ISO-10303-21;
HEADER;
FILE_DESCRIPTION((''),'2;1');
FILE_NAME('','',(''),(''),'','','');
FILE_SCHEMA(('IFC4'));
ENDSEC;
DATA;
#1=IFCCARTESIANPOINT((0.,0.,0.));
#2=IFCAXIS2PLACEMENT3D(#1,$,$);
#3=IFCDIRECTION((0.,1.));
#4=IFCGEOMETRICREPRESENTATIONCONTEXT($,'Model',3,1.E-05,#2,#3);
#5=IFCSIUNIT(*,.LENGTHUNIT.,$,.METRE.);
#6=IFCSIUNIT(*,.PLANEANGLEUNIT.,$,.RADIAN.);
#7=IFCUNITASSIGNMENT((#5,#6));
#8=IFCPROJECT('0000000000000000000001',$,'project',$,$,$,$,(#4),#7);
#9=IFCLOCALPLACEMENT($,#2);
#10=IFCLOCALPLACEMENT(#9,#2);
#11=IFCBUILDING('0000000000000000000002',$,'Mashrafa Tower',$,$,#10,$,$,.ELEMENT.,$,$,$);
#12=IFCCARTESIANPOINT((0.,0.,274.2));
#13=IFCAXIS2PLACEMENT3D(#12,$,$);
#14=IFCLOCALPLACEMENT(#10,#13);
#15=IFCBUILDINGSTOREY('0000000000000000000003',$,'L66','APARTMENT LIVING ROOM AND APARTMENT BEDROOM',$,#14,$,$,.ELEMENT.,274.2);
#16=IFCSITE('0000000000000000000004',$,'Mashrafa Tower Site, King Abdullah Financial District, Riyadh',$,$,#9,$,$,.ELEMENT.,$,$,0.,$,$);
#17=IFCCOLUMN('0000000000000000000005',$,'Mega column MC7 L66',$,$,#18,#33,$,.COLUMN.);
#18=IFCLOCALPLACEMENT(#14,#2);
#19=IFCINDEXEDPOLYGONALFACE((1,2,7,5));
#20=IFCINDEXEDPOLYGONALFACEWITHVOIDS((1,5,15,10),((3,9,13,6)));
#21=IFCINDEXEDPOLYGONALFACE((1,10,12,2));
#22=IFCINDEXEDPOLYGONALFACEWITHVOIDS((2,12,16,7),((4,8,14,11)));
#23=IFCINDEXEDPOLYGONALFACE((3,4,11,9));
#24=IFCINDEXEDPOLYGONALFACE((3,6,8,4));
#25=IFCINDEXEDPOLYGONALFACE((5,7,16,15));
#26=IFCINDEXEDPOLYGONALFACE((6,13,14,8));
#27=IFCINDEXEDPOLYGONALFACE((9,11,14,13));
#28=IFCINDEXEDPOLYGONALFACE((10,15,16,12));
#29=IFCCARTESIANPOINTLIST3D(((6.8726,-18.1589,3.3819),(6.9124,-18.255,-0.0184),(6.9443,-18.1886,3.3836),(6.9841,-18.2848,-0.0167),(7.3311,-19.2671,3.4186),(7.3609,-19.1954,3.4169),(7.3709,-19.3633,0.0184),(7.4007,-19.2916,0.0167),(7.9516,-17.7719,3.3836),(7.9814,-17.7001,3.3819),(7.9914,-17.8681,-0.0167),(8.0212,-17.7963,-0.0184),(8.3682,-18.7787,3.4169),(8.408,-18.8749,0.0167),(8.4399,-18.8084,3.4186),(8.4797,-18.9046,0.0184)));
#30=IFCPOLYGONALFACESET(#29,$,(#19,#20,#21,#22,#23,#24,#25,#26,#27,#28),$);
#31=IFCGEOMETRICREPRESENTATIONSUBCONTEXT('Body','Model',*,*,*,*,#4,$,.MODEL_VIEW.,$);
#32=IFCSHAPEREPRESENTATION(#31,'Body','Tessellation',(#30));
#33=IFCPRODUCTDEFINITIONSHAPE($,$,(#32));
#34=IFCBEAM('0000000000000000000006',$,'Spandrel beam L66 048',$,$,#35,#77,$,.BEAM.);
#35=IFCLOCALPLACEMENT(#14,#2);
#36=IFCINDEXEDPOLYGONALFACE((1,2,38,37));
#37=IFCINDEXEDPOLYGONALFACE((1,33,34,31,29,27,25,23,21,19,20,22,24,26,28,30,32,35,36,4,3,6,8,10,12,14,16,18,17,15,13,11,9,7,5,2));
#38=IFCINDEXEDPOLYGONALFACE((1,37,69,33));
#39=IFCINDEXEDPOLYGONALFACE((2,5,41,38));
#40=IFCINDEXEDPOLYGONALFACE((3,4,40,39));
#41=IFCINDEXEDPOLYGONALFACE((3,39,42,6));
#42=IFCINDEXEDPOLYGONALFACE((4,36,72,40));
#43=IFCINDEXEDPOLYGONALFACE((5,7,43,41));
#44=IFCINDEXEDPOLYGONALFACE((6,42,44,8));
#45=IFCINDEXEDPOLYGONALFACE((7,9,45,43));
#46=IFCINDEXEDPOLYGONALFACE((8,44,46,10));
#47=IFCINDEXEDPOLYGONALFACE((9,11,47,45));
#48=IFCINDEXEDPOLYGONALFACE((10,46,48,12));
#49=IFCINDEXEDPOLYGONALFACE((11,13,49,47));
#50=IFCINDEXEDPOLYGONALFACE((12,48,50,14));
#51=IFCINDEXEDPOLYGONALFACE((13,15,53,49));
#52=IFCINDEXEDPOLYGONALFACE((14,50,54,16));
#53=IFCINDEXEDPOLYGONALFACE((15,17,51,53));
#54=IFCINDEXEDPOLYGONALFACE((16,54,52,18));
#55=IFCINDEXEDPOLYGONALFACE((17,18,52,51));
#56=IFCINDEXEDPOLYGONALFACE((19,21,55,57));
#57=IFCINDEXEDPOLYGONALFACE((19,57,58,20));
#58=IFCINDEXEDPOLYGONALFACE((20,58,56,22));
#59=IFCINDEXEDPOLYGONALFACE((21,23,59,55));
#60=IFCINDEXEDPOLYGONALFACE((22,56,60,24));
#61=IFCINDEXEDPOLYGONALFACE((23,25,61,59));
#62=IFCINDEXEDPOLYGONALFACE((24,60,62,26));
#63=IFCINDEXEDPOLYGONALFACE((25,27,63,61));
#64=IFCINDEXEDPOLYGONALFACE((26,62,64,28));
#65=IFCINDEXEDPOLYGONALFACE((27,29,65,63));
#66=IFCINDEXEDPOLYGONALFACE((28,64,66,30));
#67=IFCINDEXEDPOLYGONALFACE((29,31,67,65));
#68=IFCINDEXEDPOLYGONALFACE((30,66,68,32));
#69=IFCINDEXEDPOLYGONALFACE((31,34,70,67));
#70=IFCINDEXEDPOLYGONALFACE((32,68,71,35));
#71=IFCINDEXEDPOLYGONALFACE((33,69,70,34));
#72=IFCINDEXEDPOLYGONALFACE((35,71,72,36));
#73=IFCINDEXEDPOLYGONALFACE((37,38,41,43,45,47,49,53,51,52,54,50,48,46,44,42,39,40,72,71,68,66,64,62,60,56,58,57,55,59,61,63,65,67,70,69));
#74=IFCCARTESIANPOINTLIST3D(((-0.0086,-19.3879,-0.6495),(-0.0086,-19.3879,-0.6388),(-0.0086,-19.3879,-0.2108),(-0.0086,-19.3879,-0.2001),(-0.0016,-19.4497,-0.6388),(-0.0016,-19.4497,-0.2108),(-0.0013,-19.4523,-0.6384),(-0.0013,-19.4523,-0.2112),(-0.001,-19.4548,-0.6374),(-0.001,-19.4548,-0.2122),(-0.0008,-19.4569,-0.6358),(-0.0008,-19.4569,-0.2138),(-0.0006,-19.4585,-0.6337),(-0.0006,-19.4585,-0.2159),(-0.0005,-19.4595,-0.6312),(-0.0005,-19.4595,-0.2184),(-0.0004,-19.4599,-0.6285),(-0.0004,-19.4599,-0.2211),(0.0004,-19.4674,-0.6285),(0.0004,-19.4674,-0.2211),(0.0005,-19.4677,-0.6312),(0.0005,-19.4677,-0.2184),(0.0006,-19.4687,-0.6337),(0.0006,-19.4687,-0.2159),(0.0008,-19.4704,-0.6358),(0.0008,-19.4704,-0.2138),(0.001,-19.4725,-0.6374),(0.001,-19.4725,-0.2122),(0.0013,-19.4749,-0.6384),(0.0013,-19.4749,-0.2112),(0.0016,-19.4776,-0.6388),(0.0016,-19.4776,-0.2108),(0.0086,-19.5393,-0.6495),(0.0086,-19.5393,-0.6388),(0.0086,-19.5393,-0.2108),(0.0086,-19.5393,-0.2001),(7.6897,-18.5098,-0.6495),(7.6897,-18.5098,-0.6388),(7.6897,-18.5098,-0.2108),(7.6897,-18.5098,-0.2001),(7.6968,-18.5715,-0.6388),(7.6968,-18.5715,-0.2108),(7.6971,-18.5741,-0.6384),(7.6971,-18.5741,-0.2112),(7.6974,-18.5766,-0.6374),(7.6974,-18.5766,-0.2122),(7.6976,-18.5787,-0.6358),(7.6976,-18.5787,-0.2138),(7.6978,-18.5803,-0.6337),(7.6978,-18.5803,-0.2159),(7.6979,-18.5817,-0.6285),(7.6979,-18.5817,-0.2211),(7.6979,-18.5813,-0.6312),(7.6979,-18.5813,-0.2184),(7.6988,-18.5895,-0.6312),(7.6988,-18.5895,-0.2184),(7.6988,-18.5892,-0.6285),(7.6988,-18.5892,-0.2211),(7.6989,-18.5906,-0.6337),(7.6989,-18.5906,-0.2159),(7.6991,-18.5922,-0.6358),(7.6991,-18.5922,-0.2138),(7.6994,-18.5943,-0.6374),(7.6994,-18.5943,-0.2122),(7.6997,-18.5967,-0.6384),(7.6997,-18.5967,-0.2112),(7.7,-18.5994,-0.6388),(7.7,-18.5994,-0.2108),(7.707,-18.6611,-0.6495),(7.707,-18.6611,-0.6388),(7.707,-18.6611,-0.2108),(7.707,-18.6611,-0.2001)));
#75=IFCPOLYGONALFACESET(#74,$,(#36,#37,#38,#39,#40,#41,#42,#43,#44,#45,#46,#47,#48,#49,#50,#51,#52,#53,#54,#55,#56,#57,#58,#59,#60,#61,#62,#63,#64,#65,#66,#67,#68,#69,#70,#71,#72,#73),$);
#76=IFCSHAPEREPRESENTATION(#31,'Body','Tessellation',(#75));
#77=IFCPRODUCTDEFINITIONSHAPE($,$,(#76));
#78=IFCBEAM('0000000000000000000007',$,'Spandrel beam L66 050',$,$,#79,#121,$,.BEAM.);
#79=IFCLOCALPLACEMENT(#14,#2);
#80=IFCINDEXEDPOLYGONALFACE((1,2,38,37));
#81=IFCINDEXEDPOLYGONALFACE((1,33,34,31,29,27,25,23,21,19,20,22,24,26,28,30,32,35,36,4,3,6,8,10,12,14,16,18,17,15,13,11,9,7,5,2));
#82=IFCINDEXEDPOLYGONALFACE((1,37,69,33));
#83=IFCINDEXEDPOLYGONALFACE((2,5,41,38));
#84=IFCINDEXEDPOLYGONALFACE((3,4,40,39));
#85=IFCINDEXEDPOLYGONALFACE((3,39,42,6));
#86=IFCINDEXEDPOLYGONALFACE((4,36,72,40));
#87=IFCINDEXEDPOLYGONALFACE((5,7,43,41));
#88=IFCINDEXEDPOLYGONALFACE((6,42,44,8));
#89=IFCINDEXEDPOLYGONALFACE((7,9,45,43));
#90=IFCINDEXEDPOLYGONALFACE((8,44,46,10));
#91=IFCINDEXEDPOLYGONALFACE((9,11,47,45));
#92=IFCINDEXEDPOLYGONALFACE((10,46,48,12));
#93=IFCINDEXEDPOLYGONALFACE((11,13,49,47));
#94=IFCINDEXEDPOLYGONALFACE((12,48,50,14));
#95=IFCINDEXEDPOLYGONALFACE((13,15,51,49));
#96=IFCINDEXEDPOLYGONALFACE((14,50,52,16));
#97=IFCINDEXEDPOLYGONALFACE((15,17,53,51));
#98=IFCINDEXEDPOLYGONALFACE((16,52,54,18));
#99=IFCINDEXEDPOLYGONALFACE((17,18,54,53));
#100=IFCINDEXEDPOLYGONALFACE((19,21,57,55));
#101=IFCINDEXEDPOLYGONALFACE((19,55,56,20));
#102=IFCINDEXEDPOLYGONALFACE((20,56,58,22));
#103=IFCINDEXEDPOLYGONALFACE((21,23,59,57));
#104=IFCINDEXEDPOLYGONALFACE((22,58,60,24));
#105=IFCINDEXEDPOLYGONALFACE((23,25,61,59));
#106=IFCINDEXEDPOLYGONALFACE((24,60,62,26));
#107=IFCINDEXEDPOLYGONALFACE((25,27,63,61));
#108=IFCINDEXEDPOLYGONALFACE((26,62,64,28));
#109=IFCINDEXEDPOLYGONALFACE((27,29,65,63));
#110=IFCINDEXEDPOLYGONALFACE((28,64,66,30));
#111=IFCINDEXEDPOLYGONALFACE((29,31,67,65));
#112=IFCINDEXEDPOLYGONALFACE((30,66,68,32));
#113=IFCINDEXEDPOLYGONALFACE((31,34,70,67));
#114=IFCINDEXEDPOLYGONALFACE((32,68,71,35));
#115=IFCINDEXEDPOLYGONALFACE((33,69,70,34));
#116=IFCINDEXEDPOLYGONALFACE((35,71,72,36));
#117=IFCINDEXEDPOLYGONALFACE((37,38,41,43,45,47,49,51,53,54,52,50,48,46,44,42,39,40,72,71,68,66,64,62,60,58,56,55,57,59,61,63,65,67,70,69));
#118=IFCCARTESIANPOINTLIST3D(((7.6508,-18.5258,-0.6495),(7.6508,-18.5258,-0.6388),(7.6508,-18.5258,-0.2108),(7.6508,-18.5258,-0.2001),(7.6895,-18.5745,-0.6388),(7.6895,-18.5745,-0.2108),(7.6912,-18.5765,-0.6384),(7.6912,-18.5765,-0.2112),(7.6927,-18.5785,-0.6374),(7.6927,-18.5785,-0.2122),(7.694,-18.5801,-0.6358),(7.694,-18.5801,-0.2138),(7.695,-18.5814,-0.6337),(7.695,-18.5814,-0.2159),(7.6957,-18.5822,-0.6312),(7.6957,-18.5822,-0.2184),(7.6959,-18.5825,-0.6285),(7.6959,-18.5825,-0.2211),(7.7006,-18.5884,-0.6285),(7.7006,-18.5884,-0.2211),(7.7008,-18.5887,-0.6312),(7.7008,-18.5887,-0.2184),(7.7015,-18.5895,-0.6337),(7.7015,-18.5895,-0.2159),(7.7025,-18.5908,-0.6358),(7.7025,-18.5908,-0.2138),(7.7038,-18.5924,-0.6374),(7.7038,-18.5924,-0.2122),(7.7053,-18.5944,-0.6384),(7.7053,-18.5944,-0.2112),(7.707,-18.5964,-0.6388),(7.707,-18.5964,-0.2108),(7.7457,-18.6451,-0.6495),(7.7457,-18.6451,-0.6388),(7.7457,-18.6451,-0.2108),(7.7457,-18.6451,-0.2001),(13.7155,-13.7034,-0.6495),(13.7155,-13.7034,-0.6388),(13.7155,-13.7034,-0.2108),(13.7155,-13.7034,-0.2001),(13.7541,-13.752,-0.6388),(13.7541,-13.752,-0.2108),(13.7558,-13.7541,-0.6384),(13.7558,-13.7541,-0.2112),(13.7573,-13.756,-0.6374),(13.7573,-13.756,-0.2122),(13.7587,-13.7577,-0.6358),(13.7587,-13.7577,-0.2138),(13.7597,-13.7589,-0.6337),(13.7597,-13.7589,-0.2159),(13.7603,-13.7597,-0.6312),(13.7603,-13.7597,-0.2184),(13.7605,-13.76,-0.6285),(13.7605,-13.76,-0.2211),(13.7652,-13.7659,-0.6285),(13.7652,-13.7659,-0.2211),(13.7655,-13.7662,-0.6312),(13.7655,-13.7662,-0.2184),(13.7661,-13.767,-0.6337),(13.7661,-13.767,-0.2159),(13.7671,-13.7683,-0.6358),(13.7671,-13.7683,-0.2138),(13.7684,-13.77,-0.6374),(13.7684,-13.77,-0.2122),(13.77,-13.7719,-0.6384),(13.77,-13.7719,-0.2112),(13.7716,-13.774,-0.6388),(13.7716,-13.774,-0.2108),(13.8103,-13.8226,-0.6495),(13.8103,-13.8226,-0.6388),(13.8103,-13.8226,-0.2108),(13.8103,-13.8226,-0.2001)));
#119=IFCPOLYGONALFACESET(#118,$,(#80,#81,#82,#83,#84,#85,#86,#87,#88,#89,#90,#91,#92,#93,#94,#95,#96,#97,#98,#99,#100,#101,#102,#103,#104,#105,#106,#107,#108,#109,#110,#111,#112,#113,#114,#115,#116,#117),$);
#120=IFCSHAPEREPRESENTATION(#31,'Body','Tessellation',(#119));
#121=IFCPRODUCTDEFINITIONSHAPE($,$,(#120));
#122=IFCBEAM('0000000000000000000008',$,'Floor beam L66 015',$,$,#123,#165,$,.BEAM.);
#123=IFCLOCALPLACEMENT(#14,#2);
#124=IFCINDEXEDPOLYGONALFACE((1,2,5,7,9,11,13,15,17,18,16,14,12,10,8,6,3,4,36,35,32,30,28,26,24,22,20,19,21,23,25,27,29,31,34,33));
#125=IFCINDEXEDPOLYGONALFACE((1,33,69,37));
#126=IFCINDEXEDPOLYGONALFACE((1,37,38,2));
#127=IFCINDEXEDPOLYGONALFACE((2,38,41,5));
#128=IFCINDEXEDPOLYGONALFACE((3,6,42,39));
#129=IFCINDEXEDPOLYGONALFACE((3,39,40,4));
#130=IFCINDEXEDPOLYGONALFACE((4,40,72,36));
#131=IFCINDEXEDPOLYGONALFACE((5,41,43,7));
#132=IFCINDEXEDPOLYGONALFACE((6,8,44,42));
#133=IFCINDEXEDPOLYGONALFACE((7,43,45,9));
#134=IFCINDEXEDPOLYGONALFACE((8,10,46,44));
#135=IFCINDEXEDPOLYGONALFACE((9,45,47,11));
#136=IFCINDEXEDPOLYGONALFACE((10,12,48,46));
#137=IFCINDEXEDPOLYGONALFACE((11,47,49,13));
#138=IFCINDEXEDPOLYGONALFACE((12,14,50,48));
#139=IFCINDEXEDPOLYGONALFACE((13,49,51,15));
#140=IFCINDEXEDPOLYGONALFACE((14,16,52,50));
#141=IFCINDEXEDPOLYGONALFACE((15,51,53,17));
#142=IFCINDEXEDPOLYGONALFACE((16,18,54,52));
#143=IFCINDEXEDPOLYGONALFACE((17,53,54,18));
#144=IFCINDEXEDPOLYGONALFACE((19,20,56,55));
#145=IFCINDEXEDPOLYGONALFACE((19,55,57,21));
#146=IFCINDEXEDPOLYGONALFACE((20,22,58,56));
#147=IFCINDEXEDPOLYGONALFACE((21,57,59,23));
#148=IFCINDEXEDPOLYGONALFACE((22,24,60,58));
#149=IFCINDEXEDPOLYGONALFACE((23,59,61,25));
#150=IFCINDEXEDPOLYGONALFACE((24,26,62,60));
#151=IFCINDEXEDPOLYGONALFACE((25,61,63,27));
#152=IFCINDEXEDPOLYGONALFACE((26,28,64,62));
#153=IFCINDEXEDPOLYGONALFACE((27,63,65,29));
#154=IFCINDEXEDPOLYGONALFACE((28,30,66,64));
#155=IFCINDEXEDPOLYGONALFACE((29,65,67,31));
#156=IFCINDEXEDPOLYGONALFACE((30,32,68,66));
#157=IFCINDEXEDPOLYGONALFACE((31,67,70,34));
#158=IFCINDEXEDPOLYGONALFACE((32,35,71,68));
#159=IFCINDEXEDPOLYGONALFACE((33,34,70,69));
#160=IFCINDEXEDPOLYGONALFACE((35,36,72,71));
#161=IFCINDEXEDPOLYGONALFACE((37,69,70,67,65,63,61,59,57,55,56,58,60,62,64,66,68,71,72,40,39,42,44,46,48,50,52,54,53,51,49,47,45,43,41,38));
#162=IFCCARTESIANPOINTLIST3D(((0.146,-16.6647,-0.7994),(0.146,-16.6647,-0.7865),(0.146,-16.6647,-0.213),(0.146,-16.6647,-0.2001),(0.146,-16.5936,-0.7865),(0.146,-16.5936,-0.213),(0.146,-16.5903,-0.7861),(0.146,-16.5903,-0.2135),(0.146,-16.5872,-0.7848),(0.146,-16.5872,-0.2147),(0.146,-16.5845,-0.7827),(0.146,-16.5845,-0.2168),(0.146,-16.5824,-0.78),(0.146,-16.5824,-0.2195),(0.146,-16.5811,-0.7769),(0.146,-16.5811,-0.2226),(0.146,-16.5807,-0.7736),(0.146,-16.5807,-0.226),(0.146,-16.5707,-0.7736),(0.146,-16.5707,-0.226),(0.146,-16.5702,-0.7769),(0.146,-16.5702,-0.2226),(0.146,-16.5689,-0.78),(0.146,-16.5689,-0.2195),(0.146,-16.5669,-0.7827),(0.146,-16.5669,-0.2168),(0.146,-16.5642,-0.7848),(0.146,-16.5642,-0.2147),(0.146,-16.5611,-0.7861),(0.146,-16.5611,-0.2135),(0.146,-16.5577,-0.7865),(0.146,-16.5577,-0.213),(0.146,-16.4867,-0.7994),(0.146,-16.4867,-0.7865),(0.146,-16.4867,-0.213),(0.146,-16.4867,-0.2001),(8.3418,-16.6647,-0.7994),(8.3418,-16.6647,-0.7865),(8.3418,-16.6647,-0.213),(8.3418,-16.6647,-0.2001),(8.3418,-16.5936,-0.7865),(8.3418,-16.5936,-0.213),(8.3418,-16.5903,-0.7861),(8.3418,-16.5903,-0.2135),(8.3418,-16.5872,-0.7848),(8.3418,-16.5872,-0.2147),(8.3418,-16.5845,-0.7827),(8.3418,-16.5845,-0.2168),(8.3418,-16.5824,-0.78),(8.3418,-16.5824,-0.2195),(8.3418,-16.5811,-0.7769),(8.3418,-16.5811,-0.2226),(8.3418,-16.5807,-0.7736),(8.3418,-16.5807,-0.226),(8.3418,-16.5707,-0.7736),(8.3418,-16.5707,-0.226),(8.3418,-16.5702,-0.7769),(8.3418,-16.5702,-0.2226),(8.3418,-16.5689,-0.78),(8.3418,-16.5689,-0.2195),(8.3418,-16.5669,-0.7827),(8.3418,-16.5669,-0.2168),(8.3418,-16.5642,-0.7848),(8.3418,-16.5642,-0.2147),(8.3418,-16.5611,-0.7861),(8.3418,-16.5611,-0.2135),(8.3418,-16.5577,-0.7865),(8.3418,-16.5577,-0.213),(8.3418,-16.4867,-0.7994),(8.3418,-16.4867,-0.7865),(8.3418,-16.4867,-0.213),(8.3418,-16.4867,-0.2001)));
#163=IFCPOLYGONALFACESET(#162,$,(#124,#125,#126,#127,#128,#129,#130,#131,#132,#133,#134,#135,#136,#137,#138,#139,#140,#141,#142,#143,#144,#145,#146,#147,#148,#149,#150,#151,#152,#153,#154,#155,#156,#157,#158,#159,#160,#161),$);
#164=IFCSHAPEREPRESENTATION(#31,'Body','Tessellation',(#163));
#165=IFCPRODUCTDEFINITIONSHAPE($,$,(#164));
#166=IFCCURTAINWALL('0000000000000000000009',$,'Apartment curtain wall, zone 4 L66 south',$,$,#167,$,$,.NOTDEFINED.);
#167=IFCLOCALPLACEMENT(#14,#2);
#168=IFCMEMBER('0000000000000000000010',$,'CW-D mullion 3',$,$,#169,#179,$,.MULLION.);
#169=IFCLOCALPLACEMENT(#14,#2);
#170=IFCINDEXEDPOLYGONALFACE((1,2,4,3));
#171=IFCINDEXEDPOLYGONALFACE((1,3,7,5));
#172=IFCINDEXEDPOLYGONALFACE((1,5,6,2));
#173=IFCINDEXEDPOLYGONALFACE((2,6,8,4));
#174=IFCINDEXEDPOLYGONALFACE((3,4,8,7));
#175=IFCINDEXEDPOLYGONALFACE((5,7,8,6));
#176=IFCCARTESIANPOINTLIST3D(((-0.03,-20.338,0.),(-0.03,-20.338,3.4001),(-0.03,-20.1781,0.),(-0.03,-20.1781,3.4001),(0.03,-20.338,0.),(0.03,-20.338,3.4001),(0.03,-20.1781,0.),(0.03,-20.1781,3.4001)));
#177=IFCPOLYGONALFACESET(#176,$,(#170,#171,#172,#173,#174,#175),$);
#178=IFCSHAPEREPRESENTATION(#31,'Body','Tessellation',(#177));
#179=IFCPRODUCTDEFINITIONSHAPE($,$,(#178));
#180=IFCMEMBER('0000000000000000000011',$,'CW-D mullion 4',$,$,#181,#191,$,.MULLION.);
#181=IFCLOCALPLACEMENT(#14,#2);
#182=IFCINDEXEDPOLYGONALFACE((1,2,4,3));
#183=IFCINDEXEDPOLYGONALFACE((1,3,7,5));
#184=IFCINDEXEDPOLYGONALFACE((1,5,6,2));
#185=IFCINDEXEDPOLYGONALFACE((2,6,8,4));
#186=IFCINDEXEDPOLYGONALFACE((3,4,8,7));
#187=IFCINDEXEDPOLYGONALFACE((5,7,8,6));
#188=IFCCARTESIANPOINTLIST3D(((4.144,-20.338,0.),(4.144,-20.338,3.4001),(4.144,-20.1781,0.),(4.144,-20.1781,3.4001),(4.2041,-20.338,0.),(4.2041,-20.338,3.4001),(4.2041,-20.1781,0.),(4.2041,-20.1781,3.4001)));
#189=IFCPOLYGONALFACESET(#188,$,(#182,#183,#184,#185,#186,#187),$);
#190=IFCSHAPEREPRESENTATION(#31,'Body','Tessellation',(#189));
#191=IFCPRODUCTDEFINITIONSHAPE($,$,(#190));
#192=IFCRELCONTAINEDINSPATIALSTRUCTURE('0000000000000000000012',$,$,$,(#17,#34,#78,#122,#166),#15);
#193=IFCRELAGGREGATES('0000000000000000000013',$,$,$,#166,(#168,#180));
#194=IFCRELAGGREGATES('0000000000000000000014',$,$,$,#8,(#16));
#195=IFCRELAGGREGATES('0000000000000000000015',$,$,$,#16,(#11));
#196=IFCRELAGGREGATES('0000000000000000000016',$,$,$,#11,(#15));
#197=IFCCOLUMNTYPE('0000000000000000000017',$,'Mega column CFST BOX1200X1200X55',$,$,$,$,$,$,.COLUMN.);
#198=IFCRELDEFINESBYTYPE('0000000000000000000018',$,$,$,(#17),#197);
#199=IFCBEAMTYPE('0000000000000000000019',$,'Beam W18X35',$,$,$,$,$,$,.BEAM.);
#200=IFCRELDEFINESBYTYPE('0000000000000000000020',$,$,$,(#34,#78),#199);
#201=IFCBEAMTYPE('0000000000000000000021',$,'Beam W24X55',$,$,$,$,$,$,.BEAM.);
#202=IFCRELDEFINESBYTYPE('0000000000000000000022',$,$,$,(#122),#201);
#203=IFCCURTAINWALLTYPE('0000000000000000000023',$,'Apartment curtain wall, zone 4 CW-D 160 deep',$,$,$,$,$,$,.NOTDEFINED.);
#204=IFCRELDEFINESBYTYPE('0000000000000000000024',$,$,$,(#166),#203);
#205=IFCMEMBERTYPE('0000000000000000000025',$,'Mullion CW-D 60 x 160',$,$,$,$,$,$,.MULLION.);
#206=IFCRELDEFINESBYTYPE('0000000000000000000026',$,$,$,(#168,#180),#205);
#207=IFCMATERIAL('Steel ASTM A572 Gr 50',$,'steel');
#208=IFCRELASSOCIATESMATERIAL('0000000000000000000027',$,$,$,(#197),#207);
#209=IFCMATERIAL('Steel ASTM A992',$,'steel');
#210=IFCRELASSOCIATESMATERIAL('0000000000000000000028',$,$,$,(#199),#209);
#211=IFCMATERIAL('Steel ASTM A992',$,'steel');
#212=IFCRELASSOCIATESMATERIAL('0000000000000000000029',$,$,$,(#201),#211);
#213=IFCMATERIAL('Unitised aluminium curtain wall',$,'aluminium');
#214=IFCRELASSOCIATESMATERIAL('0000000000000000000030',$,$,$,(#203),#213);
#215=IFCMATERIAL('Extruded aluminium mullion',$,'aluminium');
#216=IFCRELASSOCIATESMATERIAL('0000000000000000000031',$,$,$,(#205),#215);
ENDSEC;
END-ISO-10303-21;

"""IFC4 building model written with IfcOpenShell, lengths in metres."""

from ifc_helpers import new_model, si_unit, direction, frame, origin, origin_2d, place, context, subcontext, project, spatial, rectangle, hollow_rectangle, i_section, extrude, source, transform, mapped, material, material_profile, profile_set, type_object, type_shapes, element, aggregate, save


model = new_model("IFC4")

# Units and contexts
model_context = context("Model", 3, precision=1e-05, world=origin(), true_north=direction((0.0, 1.0)))
body_context = subcontext(model_context, "Body", "Model", "MODEL_VIEW")
ifc_project = project(units=[si_unit("LENGTHUNIT", "METRE"), si_unit("PLANEANGLEUNIT", "RADIAN")], contexts=[model_context])

# Site, building, storey
site_placement = place(None, origin())
site = spatial("IfcSite", under=ifc_project, at=site_placement, Name="Mashrafa Tower Site, King Abdullah Financial District, Riyadh", CompositionType="ELEMENT", RefElevation=0.0)
building_placement = place(site_placement, origin())
building = spatial("IfcBuilding", under=site, at=building_placement, Name="Mashrafa Tower", CompositionType="ELEMENT")
storey_placement = place(building_placement, frame((0.0, 0.0, 274.2)))
storey = spatial("IfcBuildingStorey", under=building, at=storey_placement, Name="L66", Description="APARTMENT LIVING ROOM AND APARTMENT BEDROOM", CompositionType="ELEMENT", Elevation=274.2)

# Column
ifc_material_1 = material(Name="Steel ASTM A572 Gr 50", Category="steel")
ifc_material_profile_1 = material_profile(ifc_material_1, hollow_rectangle(XDim=1.2, YDim=1.2, WallThickness=0.0549, at=origin_2d()), Name="BOX1200X1200X55")
ifc_profile_set_1 = profile_set([ifc_material_profile_1], Name="Steel ASTM A572 Gr 50")
column_type = type_object("IfcColumnType", Name="Mega column CFST BOX1200X1200X55", PredefinedType="COLUMN", material=ifc_profile_set_1)
column_placement = place(storey_placement, frame((7.696, -18.5798, 0.0), z_axis=(-0.011698, 0.028277, 0.999532), x_axis=(-0.924045, -0.382283, 0.0)))
element("IfcColumn", 1, at=column_placement, inside=storey, type_object=column_type, Name="Mega column MC7 L66", PredefinedType="COLUMN", context=body_context, shape_type="SweptSolid", body=[
    extrude(hollow_rectangle(XDim=1.2, YDim=1.2, WallThickness=0.0549, at=origin_2d()), origin(), (0.0, 0.0, 1.0), 3.4019),
])

# Beams
ifc_material_2 = material(Name="Steel ASTM A992", Category="steel")
ifc_material_profile_2 = material_profile(ifc_material_2, i_section(OverallWidth=0.1523, OverallDepth=0.4495, WebThickness=0.0076, FlangeThickness=0.0107, FilletRadius=0.0103, at=origin_2d()), Name="W18X35")
ifc_profile_set_2 = profile_set([ifc_material_profile_2], Name="Steel ASTM A992")
beam_type_1 = type_object("IfcBeamType", Name="Beam W18X35", PredefinedType="BEAM", material=ifc_profile_set_2)
for number, where, z_axis, x_axis, name in (
    (2, (0.0, -19.4636, -0.4248), (0.993556, 0.11334, 0.0), (-0.11334, 0.993556, 0.0), "Spandrel beam L66 048"),
    (3, (7.6982, -18.5854, -0.4248), (0.782707, 0.622391, 0.0), (-0.622391, 0.782707, 0.0), "Spandrel beam L66 050"),
):
    element("IfcBeam", number, at=place(storey_placement, frame(where, z_axis=z_axis, x_axis=x_axis)), inside=storey, type_object=beam_type_1, Name=name, PredefinedType="BEAM", context=body_context, shape_type="SweptSolid", body=[
        extrude(i_section(OverallWidth=0.1523, OverallDepth=0.4495, WebThickness=0.0076, FlangeThickness=0.0107, FilletRadius=0.0103, at=origin_2d()), origin(), (0.0, 0.0, 1.0), 7.7483),
    ])
ifc_material_3 = material(Name="Steel ASTM A992", Category="steel")
ifc_material_profile_3 = material_profile(ifc_material_3, i_section(OverallWidth=0.178, OverallDepth=0.5994, WebThickness=0.01, FlangeThickness=0.0129, FilletRadius=0.0129, at=origin_2d()), Name="W24X55")
ifc_profile_set_3 = profile_set([ifc_material_profile_3], Name="Steel ASTM A992")
beam_type_2 = type_object("IfcBeamType", Name="Beam W24X55", PredefinedType="BEAM", material=ifc_profile_set_3)
beam_placement = place(storey_placement, frame((8.3418, -16.5757, -0.4998), z_axis=(-1.0, 0.0, 0.0), x_axis=(0.0, -1.0, 0.0)))
element("IfcBeam", 4, at=beam_placement, inside=storey, type_object=beam_type_2, Name="Floor beam L66 015", PredefinedType="BEAM", context=body_context, shape_type="SweptSolid", body=[
    extrude(i_section(OverallWidth=0.178, OverallDepth=0.5994, WebThickness=0.01, FlangeThickness=0.0129, FilletRadius=0.0129, at=origin_2d()), origin(), (0.0, 0.0, 1.0), 8.1958),
])

# Curtain wall, members
ifc_material_4 = material(Name="Unitised aluminium curtain wall", Category="aluminium")
curtain_wall_type = type_object("IfcCurtainWallType", Name="Apartment curtain wall, zone 4 CW-D 160 deep", PredefinedType="NOTDEFINED", material=ifc_material_4)
curtain_wall_1_placement = place(storey_placement, origin())
curtain_wall_1 = element("IfcCurtainWall", 5, at=curtain_wall_1_placement, inside=storey, type_object=curtain_wall_type, Name="Apartment curtain wall, zone 4 L66 south", PredefinedType="NOTDEFINED")
ifc_material_5 = material(Name="Extruded aluminium mullion", Category="aluminium")
ifc_material_profile_4 = material_profile(ifc_material_5, rectangle(XDim=0.1599, YDim=0.0601, at=origin_2d()), Name="Mullion 60x160")
ifc_profile_set_4 = profile_set([ifc_material_profile_4], Name="Extruded aluminium mullion")
member_type_1 = type_object("IfcMemberType", Name="Mullion CW-D 60 x 160", PredefinedType="MULLION", material=ifc_profile_set_4)
shared_shape_1 = source(origin(), body_context, "Body", "SweptSolid", [
    extrude(rectangle(XDim=0.1599, YDim=0.0601, at=origin_2d()), origin(), (0.0, 0.0, 1.0), 3.4001),
])
type_shapes(member_type_1, [shared_shape_1])
member_1_placement = place(storey_placement, frame((0.0, -20.2581, 0.0), z_axis=(0.0, 0.0, 1.0), x_axis=(0.0, 1.0, 0.0)))
member_1 = element("IfcMember", 6, at=member_1_placement, type_object=member_type_1, Name="CW-D mullion 3", PredefinedType="MULLION", context=body_context, shape_type="MappedRepresentation", body=[
    mapped(shared_shape_1, transform((0.0, 0.0, 0.0))),
])
member_2_placement = place(storey_placement, frame((4.1741, -20.2581, 0.0), z_axis=(0.0, 0.0, 1.0), x_axis=(0.0, 1.0, 0.0)))
member_2 = element("IfcMember", 7, at=member_2_placement, type_object=member_type_1, Name="CW-D mullion 4", PredefinedType="MULLION", context=body_context, shape_type="MappedRepresentation", body=[
    mapped(shared_shape_1, transform((0.0, 0.0, 0.0))),
])

aggregate(curtain_wall_1, [member_1, member_2])

save(model, "model.ifc")
